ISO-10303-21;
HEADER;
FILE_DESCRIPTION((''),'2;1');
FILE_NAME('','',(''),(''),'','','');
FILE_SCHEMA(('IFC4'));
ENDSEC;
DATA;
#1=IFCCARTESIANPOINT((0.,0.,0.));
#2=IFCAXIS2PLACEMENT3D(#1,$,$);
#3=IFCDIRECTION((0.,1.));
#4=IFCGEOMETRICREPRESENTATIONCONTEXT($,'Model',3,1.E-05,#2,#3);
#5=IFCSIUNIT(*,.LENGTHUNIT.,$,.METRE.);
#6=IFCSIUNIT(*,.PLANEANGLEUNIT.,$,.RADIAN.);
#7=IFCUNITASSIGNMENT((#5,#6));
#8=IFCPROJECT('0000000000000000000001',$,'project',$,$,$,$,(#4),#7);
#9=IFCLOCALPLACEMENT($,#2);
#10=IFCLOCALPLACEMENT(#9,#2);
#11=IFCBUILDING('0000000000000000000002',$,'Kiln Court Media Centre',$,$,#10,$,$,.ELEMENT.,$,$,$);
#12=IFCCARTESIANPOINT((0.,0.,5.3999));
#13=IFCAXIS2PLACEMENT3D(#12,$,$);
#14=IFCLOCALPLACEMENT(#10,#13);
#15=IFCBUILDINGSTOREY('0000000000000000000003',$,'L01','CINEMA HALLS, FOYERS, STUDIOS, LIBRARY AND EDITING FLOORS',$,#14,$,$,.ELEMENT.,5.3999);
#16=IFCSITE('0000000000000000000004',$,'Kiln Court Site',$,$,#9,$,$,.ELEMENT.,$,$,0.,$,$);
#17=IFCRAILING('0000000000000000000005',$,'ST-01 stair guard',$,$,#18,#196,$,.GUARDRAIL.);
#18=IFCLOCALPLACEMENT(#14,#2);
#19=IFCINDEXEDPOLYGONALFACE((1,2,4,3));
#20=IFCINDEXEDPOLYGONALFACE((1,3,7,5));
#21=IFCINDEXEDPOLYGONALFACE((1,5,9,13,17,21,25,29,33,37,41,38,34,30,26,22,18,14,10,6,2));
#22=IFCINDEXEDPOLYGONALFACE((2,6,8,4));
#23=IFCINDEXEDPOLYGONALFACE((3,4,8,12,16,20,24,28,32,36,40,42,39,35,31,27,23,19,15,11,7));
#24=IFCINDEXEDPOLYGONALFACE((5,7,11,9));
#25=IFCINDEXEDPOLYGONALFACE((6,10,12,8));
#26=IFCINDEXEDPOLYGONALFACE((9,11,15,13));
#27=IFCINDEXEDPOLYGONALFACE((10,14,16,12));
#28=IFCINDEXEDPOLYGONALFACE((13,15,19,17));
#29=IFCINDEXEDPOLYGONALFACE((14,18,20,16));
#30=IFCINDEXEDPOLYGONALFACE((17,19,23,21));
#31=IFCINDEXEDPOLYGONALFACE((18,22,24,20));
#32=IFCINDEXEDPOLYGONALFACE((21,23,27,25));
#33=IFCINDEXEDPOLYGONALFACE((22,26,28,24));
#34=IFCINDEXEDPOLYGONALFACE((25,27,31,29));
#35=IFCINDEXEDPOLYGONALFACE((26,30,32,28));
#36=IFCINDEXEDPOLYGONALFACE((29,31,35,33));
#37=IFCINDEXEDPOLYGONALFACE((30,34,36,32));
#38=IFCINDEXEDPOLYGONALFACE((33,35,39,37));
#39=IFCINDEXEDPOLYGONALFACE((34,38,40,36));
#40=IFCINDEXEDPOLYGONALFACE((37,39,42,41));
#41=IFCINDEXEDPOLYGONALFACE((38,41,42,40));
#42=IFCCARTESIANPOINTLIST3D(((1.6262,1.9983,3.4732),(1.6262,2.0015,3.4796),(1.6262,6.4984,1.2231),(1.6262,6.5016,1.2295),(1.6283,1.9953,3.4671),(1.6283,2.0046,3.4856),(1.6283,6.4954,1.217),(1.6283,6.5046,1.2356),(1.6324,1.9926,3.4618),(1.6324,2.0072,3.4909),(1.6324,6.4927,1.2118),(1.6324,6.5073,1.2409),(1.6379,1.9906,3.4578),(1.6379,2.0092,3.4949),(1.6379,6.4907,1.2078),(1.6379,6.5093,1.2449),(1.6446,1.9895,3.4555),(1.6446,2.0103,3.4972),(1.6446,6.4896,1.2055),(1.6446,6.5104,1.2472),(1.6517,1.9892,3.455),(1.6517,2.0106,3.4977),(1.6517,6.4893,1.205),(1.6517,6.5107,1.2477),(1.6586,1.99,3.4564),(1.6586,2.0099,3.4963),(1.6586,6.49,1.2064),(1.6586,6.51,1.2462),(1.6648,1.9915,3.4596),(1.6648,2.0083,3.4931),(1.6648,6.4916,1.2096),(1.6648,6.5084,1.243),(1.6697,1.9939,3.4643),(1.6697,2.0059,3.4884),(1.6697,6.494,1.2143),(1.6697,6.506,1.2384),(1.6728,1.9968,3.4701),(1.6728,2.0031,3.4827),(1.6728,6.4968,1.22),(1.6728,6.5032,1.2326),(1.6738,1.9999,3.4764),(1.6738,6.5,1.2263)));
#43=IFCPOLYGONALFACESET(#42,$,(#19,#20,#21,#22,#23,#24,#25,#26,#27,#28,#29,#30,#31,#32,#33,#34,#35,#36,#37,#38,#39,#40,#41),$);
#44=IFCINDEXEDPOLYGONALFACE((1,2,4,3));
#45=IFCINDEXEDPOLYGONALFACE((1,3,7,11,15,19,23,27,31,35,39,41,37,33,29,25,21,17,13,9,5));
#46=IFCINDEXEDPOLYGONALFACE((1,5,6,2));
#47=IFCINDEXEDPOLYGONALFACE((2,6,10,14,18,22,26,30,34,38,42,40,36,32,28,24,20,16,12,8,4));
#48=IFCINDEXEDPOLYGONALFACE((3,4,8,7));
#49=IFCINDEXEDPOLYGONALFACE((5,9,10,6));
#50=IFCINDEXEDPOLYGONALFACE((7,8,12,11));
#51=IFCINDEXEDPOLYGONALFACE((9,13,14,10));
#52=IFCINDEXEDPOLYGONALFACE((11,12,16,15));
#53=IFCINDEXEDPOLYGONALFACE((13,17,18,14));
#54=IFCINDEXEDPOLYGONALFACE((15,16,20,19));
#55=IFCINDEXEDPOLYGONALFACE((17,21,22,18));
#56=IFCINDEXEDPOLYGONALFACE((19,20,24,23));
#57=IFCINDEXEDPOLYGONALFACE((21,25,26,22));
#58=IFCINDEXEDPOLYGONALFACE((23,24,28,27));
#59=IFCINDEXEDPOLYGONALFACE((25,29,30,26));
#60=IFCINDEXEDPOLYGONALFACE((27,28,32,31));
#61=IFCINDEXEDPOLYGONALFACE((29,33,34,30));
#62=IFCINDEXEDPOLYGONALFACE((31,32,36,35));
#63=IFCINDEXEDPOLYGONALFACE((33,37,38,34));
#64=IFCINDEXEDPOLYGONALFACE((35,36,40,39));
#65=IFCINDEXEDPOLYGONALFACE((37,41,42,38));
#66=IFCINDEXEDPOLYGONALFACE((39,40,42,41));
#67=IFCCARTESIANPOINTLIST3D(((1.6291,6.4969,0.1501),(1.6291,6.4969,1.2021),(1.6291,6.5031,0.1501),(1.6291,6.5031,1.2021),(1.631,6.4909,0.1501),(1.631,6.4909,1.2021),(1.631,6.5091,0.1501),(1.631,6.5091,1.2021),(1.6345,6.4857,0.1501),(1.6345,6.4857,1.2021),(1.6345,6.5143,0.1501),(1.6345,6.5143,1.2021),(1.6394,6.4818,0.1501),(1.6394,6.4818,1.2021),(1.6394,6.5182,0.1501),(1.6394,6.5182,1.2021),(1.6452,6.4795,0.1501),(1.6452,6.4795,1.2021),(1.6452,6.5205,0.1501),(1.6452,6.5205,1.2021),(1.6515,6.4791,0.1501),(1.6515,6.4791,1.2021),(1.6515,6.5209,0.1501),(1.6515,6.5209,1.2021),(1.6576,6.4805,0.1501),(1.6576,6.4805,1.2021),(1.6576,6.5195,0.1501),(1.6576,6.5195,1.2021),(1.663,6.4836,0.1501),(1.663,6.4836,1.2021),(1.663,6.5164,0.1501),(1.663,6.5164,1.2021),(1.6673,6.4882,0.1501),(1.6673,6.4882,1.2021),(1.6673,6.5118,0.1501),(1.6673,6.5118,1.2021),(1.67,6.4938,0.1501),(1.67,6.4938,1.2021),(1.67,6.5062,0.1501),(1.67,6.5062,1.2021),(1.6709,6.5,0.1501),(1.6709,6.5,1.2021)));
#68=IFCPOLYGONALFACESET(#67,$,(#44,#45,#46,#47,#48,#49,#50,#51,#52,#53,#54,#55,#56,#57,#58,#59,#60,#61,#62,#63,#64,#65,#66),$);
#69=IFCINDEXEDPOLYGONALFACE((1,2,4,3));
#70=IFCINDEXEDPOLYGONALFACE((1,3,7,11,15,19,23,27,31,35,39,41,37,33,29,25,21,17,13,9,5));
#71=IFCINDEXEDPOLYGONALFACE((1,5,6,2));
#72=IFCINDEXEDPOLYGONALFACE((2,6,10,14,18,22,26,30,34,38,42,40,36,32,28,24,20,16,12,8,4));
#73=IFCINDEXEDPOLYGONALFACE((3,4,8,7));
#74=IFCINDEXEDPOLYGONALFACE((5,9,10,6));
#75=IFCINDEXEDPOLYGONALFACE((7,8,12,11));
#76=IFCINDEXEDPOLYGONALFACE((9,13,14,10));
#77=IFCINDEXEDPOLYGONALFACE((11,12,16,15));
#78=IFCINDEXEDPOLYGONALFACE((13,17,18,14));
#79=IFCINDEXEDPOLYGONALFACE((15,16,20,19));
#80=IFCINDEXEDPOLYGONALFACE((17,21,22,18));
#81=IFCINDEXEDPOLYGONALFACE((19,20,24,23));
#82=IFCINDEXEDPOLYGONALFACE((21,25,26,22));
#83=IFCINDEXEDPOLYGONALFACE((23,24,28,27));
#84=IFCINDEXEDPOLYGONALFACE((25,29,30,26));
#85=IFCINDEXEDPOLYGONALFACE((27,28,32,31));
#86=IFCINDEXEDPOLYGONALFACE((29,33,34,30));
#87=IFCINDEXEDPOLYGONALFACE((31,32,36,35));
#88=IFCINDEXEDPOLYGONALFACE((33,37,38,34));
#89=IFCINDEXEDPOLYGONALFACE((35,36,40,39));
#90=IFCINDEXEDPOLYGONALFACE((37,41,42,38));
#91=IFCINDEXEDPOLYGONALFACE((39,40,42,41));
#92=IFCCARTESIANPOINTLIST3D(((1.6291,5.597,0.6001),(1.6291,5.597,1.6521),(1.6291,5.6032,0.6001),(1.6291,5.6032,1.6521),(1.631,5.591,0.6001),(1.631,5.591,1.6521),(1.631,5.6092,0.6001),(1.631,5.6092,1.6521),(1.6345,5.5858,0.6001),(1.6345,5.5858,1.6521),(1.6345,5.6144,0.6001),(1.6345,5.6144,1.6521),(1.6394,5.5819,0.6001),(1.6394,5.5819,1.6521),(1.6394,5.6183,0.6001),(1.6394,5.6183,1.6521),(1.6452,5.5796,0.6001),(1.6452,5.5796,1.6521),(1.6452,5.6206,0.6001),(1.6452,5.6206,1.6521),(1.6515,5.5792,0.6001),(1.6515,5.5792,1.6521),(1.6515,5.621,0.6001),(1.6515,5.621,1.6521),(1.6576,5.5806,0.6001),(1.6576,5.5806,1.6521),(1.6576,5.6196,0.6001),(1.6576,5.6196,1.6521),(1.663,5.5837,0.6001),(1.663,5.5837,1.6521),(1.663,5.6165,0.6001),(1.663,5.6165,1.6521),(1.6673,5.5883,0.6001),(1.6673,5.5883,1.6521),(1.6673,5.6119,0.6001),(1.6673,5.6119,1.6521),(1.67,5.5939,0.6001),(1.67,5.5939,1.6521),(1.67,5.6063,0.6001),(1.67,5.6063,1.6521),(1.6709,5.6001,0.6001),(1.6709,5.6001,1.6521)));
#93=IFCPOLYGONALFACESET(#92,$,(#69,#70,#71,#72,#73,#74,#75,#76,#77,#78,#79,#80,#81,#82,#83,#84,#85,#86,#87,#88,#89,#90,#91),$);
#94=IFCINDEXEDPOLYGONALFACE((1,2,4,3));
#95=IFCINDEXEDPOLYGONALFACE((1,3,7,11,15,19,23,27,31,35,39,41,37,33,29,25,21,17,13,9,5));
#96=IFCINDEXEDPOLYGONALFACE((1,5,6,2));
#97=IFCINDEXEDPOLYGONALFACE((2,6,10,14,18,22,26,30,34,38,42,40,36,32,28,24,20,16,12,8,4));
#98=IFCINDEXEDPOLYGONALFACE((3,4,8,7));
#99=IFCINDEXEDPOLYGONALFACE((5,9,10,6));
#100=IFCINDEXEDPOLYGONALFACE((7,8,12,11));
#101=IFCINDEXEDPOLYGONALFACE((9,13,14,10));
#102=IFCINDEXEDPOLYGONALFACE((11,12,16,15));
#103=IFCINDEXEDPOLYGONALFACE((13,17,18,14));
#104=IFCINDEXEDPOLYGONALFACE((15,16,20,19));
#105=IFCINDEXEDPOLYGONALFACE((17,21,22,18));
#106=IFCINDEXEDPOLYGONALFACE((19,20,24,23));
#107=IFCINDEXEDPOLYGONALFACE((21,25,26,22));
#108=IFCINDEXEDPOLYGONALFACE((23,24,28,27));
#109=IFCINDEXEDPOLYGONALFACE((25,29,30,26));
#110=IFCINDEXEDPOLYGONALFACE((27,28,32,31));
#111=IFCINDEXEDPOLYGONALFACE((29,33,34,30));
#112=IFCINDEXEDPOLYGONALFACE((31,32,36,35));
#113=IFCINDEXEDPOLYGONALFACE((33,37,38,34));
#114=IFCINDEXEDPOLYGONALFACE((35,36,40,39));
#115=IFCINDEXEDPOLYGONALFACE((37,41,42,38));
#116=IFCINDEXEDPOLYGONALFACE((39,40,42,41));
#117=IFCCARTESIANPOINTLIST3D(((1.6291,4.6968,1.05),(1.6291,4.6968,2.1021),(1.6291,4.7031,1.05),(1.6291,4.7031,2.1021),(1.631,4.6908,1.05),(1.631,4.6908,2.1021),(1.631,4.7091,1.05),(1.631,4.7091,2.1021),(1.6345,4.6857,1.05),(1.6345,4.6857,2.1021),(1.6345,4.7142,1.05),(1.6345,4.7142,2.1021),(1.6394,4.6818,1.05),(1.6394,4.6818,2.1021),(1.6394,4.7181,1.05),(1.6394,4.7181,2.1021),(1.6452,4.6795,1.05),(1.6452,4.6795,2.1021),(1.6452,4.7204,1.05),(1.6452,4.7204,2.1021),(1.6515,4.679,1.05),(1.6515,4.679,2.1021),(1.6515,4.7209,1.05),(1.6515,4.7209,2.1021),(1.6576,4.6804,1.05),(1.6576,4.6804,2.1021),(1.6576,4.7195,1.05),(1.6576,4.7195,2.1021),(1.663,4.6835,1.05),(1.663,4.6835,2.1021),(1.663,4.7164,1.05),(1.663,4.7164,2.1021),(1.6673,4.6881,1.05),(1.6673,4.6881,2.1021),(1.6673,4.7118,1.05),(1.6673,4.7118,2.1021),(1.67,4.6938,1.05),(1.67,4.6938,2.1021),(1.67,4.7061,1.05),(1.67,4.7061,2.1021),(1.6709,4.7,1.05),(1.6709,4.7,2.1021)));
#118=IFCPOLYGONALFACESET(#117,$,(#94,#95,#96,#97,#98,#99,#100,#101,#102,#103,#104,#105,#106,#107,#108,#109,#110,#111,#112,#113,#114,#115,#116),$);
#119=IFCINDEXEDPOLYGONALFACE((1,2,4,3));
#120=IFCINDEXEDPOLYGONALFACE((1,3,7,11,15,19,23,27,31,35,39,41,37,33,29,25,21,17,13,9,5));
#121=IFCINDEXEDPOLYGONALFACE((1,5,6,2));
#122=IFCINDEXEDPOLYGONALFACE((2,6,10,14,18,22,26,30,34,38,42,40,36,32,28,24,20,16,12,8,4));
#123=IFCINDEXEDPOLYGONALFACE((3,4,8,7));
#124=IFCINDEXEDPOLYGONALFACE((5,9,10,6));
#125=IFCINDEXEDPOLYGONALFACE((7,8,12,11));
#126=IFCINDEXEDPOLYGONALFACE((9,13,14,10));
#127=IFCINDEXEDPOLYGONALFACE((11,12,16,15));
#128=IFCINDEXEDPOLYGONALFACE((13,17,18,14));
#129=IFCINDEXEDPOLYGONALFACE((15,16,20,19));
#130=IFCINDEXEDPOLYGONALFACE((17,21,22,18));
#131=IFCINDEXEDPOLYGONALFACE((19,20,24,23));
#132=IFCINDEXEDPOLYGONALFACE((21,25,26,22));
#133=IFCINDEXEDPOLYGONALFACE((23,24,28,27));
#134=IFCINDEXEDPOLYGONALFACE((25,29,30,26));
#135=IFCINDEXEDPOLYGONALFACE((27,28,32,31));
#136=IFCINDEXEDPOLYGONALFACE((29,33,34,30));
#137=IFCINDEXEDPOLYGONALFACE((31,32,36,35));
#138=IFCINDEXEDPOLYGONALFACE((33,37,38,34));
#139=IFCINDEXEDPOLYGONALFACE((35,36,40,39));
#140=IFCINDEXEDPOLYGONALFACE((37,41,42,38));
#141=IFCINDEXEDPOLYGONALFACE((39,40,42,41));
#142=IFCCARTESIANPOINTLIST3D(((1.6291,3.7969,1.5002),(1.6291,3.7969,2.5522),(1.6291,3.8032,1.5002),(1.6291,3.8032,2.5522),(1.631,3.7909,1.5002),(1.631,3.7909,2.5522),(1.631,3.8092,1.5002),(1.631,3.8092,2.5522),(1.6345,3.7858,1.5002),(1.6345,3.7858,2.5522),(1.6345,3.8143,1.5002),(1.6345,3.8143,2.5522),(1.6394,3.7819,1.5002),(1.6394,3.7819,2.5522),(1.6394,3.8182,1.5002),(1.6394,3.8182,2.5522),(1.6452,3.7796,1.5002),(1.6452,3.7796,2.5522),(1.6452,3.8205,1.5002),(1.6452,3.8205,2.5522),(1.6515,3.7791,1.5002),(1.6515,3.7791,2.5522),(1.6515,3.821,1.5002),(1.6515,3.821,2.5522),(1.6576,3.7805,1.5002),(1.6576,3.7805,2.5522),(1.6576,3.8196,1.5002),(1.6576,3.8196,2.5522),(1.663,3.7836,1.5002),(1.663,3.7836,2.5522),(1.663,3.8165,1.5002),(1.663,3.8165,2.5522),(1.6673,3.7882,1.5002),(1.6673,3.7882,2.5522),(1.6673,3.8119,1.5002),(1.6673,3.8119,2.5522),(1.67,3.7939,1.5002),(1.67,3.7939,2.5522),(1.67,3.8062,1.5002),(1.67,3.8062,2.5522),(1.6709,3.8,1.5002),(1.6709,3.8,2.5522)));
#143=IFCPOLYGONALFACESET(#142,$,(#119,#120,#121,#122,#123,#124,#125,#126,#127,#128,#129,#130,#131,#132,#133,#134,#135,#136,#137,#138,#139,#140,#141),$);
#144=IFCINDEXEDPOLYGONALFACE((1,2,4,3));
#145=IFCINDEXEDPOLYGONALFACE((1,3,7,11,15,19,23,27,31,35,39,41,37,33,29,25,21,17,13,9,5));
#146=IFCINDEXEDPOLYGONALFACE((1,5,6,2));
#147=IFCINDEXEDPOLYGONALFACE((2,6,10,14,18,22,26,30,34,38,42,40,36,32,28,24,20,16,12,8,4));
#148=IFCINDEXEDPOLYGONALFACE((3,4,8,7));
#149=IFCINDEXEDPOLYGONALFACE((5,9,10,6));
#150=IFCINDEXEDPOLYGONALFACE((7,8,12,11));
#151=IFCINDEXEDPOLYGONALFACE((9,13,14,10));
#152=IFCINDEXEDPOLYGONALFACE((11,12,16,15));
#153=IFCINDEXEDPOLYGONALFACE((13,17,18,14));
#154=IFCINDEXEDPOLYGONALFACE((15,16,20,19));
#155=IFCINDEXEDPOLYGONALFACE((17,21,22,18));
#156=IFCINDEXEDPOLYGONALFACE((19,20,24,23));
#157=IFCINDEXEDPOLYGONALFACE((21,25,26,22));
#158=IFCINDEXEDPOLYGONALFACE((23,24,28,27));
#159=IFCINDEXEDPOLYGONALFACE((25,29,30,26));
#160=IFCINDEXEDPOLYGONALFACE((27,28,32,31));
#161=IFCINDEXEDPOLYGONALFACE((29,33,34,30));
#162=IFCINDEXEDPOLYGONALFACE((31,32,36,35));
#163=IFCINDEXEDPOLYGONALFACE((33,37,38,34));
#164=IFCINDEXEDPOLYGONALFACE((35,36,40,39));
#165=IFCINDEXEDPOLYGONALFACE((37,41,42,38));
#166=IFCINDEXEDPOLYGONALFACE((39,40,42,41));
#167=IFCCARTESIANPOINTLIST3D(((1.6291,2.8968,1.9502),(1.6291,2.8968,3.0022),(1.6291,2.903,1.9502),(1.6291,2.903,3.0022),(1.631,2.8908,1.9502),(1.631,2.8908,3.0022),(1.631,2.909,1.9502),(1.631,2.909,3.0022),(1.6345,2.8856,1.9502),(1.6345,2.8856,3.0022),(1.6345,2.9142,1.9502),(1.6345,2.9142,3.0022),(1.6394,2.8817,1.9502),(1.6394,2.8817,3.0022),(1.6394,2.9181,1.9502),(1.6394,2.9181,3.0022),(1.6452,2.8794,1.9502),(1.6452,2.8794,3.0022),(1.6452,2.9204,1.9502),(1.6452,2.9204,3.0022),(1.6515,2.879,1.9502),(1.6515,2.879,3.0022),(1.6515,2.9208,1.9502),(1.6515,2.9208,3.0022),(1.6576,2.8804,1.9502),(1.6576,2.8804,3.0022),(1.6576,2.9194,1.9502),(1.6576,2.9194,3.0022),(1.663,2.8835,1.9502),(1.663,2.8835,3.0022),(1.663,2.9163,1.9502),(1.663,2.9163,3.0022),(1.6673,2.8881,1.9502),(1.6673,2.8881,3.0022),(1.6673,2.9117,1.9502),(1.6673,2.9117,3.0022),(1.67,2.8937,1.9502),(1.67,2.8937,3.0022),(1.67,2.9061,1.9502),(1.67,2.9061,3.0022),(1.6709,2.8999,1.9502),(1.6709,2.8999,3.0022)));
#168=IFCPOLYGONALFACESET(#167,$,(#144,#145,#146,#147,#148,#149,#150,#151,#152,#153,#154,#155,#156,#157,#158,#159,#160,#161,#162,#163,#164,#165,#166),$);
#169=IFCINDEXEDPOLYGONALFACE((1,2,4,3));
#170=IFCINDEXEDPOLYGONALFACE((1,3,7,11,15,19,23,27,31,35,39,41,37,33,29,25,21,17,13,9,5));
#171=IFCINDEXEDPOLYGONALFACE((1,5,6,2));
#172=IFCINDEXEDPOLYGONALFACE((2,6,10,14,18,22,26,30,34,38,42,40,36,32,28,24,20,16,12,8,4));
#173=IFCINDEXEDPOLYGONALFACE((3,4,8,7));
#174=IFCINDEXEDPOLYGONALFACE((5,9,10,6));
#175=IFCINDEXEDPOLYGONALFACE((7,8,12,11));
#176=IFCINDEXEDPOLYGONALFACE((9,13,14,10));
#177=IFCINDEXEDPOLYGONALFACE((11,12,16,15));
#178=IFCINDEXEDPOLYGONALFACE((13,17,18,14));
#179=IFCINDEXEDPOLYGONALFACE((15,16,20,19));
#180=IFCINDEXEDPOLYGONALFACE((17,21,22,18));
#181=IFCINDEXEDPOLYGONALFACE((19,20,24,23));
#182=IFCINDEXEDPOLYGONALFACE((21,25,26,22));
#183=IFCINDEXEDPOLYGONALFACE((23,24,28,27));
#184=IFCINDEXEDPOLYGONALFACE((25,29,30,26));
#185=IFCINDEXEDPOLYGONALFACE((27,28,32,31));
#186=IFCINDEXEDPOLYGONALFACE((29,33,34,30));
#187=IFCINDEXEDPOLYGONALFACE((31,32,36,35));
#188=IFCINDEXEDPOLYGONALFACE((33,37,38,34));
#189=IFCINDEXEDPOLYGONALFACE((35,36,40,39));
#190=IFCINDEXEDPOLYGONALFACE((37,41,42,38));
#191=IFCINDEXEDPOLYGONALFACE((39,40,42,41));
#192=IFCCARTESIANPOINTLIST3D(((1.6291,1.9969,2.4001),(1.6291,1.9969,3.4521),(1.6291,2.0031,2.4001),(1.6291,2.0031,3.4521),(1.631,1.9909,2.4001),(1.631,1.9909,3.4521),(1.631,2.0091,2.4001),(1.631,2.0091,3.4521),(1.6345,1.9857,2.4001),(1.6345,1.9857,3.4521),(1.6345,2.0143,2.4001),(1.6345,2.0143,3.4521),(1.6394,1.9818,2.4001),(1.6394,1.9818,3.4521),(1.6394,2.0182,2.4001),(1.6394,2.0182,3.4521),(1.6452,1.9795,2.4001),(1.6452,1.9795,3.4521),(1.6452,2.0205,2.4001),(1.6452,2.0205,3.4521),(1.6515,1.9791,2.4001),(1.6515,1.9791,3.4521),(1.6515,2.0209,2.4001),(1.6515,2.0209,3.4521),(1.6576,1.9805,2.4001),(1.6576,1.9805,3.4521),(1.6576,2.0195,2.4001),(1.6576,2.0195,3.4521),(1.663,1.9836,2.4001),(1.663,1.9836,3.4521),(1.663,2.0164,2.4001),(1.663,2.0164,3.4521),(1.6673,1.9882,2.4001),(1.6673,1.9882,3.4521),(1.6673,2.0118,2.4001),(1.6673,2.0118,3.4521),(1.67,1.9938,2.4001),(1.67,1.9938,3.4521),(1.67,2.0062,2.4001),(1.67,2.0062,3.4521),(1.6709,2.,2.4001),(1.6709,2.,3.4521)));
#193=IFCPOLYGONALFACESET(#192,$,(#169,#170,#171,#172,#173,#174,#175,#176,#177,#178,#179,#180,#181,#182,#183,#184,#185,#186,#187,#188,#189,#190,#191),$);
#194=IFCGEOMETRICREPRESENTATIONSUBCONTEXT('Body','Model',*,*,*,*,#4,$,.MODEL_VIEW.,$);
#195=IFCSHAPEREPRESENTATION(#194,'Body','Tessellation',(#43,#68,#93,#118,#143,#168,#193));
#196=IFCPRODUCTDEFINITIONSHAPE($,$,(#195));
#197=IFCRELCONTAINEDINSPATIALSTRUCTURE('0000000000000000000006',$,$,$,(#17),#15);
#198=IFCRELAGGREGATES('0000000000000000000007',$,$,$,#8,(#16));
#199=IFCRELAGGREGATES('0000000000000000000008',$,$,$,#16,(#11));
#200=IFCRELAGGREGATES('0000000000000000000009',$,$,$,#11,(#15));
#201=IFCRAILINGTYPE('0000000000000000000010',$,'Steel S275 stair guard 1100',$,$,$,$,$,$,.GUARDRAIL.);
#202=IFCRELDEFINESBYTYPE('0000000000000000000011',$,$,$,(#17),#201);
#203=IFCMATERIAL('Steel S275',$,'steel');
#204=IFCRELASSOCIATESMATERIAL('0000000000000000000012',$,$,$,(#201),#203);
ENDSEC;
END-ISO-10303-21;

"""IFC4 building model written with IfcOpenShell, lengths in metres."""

from ifc_helpers import new_model, si_unit, direction, frame, origin, origin_2d, place, context, subcontext, project, spatial, circle, extrude, material, type_object, element, save


model = new_model("IFC4")

# Units and contexts
model_context = context("Model", 3, precision=1e-05, world=origin(), true_north=direction((0.0, 1.0)))
body_context = subcontext(model_context, "Body", "Model", "MODEL_VIEW")
ifc_project = project(units=[si_unit("LENGTHUNIT", "METRE"), si_unit("PLANEANGLEUNIT", "RADIAN")], contexts=[model_context])

# Site, building, storey
site_placement = place(None, origin())
site = spatial("IfcSite", under=ifc_project, at=site_placement, Name="Kiln Court Site", CompositionType="ELEMENT", RefElevation=0.0)
building_placement = place(site_placement, origin())
building = spatial("IfcBuilding", under=site, at=building_placement, Name="Kiln Court Media Centre", CompositionType="ELEMENT")
storey_placement = place(building_placement, frame((0.0, 0.0, 5.3999)))
storey = spatial("IfcBuildingStorey", under=building, at=storey_placement, Name="L01", Description="CINEMA HALLS, FOYERS, STUDIOS, LIBRARY AND EDITING FLOORS", CompositionType="ELEMENT", Elevation=5.3999)

# Railing
ifc_material_1 = material(Name="Steel S275", Category="steel")
railing_type_1 = type_object("IfcRailingType", Name="Steel S275 stair guard 1100", PredefinedType="GUARDRAIL", material=ifc_material_1)
railing_1_placement = place(storey_placement, frame((1.6499, 6.5, 0.1501)))
element("IfcRailing", 1, at=railing_1_placement, inside=storey, type_object=railing_type_1, Name="ST-01 stair guard", PredefinedType="GUARDRAIL", context=body_context, shape_type="SweptSolid", body=[
    extrude(circle(Radius=0.0239, at=origin_2d()), frame((0.0, 0.0, 1.0762), z_axis=(0.0, -0.894427, 0.447214), x_axis=(1.0, 0.0, 0.0)), (0.0, 0.0, 1.0), 5.0312),
    extrude(circle(Radius=0.021, at=origin_2d()), origin(), (0.0, 0.0, 1.0), 1.052),
    extrude(circle(Radius=0.021, at=origin_2d()), frame((0.0, -0.8999, 0.45)), (0.0, 0.0, 1.0), 1.052),
    extrude(circle(Radius=0.021, at=origin_2d()), frame((0.0, -1.8, 0.8999)), (0.0, 0.0, 1.0), 1.052),
    extrude(circle(Radius=0.021, at=origin_2d()), frame((0.0, -2.7, 1.3501)), (0.0, 0.0, 1.0), 1.052),
    extrude(circle(Radius=0.021, at=origin_2d()), frame((0.0, -3.6001, 1.8)), (0.0, 0.0, 1.0), 1.052),
    extrude(circle(Radius=0.021, at=origin_2d()), frame((0.0, -4.5, 2.25)), (0.0, 0.0, 1.0), 1.052),
])

save(model, "model.ifc")
